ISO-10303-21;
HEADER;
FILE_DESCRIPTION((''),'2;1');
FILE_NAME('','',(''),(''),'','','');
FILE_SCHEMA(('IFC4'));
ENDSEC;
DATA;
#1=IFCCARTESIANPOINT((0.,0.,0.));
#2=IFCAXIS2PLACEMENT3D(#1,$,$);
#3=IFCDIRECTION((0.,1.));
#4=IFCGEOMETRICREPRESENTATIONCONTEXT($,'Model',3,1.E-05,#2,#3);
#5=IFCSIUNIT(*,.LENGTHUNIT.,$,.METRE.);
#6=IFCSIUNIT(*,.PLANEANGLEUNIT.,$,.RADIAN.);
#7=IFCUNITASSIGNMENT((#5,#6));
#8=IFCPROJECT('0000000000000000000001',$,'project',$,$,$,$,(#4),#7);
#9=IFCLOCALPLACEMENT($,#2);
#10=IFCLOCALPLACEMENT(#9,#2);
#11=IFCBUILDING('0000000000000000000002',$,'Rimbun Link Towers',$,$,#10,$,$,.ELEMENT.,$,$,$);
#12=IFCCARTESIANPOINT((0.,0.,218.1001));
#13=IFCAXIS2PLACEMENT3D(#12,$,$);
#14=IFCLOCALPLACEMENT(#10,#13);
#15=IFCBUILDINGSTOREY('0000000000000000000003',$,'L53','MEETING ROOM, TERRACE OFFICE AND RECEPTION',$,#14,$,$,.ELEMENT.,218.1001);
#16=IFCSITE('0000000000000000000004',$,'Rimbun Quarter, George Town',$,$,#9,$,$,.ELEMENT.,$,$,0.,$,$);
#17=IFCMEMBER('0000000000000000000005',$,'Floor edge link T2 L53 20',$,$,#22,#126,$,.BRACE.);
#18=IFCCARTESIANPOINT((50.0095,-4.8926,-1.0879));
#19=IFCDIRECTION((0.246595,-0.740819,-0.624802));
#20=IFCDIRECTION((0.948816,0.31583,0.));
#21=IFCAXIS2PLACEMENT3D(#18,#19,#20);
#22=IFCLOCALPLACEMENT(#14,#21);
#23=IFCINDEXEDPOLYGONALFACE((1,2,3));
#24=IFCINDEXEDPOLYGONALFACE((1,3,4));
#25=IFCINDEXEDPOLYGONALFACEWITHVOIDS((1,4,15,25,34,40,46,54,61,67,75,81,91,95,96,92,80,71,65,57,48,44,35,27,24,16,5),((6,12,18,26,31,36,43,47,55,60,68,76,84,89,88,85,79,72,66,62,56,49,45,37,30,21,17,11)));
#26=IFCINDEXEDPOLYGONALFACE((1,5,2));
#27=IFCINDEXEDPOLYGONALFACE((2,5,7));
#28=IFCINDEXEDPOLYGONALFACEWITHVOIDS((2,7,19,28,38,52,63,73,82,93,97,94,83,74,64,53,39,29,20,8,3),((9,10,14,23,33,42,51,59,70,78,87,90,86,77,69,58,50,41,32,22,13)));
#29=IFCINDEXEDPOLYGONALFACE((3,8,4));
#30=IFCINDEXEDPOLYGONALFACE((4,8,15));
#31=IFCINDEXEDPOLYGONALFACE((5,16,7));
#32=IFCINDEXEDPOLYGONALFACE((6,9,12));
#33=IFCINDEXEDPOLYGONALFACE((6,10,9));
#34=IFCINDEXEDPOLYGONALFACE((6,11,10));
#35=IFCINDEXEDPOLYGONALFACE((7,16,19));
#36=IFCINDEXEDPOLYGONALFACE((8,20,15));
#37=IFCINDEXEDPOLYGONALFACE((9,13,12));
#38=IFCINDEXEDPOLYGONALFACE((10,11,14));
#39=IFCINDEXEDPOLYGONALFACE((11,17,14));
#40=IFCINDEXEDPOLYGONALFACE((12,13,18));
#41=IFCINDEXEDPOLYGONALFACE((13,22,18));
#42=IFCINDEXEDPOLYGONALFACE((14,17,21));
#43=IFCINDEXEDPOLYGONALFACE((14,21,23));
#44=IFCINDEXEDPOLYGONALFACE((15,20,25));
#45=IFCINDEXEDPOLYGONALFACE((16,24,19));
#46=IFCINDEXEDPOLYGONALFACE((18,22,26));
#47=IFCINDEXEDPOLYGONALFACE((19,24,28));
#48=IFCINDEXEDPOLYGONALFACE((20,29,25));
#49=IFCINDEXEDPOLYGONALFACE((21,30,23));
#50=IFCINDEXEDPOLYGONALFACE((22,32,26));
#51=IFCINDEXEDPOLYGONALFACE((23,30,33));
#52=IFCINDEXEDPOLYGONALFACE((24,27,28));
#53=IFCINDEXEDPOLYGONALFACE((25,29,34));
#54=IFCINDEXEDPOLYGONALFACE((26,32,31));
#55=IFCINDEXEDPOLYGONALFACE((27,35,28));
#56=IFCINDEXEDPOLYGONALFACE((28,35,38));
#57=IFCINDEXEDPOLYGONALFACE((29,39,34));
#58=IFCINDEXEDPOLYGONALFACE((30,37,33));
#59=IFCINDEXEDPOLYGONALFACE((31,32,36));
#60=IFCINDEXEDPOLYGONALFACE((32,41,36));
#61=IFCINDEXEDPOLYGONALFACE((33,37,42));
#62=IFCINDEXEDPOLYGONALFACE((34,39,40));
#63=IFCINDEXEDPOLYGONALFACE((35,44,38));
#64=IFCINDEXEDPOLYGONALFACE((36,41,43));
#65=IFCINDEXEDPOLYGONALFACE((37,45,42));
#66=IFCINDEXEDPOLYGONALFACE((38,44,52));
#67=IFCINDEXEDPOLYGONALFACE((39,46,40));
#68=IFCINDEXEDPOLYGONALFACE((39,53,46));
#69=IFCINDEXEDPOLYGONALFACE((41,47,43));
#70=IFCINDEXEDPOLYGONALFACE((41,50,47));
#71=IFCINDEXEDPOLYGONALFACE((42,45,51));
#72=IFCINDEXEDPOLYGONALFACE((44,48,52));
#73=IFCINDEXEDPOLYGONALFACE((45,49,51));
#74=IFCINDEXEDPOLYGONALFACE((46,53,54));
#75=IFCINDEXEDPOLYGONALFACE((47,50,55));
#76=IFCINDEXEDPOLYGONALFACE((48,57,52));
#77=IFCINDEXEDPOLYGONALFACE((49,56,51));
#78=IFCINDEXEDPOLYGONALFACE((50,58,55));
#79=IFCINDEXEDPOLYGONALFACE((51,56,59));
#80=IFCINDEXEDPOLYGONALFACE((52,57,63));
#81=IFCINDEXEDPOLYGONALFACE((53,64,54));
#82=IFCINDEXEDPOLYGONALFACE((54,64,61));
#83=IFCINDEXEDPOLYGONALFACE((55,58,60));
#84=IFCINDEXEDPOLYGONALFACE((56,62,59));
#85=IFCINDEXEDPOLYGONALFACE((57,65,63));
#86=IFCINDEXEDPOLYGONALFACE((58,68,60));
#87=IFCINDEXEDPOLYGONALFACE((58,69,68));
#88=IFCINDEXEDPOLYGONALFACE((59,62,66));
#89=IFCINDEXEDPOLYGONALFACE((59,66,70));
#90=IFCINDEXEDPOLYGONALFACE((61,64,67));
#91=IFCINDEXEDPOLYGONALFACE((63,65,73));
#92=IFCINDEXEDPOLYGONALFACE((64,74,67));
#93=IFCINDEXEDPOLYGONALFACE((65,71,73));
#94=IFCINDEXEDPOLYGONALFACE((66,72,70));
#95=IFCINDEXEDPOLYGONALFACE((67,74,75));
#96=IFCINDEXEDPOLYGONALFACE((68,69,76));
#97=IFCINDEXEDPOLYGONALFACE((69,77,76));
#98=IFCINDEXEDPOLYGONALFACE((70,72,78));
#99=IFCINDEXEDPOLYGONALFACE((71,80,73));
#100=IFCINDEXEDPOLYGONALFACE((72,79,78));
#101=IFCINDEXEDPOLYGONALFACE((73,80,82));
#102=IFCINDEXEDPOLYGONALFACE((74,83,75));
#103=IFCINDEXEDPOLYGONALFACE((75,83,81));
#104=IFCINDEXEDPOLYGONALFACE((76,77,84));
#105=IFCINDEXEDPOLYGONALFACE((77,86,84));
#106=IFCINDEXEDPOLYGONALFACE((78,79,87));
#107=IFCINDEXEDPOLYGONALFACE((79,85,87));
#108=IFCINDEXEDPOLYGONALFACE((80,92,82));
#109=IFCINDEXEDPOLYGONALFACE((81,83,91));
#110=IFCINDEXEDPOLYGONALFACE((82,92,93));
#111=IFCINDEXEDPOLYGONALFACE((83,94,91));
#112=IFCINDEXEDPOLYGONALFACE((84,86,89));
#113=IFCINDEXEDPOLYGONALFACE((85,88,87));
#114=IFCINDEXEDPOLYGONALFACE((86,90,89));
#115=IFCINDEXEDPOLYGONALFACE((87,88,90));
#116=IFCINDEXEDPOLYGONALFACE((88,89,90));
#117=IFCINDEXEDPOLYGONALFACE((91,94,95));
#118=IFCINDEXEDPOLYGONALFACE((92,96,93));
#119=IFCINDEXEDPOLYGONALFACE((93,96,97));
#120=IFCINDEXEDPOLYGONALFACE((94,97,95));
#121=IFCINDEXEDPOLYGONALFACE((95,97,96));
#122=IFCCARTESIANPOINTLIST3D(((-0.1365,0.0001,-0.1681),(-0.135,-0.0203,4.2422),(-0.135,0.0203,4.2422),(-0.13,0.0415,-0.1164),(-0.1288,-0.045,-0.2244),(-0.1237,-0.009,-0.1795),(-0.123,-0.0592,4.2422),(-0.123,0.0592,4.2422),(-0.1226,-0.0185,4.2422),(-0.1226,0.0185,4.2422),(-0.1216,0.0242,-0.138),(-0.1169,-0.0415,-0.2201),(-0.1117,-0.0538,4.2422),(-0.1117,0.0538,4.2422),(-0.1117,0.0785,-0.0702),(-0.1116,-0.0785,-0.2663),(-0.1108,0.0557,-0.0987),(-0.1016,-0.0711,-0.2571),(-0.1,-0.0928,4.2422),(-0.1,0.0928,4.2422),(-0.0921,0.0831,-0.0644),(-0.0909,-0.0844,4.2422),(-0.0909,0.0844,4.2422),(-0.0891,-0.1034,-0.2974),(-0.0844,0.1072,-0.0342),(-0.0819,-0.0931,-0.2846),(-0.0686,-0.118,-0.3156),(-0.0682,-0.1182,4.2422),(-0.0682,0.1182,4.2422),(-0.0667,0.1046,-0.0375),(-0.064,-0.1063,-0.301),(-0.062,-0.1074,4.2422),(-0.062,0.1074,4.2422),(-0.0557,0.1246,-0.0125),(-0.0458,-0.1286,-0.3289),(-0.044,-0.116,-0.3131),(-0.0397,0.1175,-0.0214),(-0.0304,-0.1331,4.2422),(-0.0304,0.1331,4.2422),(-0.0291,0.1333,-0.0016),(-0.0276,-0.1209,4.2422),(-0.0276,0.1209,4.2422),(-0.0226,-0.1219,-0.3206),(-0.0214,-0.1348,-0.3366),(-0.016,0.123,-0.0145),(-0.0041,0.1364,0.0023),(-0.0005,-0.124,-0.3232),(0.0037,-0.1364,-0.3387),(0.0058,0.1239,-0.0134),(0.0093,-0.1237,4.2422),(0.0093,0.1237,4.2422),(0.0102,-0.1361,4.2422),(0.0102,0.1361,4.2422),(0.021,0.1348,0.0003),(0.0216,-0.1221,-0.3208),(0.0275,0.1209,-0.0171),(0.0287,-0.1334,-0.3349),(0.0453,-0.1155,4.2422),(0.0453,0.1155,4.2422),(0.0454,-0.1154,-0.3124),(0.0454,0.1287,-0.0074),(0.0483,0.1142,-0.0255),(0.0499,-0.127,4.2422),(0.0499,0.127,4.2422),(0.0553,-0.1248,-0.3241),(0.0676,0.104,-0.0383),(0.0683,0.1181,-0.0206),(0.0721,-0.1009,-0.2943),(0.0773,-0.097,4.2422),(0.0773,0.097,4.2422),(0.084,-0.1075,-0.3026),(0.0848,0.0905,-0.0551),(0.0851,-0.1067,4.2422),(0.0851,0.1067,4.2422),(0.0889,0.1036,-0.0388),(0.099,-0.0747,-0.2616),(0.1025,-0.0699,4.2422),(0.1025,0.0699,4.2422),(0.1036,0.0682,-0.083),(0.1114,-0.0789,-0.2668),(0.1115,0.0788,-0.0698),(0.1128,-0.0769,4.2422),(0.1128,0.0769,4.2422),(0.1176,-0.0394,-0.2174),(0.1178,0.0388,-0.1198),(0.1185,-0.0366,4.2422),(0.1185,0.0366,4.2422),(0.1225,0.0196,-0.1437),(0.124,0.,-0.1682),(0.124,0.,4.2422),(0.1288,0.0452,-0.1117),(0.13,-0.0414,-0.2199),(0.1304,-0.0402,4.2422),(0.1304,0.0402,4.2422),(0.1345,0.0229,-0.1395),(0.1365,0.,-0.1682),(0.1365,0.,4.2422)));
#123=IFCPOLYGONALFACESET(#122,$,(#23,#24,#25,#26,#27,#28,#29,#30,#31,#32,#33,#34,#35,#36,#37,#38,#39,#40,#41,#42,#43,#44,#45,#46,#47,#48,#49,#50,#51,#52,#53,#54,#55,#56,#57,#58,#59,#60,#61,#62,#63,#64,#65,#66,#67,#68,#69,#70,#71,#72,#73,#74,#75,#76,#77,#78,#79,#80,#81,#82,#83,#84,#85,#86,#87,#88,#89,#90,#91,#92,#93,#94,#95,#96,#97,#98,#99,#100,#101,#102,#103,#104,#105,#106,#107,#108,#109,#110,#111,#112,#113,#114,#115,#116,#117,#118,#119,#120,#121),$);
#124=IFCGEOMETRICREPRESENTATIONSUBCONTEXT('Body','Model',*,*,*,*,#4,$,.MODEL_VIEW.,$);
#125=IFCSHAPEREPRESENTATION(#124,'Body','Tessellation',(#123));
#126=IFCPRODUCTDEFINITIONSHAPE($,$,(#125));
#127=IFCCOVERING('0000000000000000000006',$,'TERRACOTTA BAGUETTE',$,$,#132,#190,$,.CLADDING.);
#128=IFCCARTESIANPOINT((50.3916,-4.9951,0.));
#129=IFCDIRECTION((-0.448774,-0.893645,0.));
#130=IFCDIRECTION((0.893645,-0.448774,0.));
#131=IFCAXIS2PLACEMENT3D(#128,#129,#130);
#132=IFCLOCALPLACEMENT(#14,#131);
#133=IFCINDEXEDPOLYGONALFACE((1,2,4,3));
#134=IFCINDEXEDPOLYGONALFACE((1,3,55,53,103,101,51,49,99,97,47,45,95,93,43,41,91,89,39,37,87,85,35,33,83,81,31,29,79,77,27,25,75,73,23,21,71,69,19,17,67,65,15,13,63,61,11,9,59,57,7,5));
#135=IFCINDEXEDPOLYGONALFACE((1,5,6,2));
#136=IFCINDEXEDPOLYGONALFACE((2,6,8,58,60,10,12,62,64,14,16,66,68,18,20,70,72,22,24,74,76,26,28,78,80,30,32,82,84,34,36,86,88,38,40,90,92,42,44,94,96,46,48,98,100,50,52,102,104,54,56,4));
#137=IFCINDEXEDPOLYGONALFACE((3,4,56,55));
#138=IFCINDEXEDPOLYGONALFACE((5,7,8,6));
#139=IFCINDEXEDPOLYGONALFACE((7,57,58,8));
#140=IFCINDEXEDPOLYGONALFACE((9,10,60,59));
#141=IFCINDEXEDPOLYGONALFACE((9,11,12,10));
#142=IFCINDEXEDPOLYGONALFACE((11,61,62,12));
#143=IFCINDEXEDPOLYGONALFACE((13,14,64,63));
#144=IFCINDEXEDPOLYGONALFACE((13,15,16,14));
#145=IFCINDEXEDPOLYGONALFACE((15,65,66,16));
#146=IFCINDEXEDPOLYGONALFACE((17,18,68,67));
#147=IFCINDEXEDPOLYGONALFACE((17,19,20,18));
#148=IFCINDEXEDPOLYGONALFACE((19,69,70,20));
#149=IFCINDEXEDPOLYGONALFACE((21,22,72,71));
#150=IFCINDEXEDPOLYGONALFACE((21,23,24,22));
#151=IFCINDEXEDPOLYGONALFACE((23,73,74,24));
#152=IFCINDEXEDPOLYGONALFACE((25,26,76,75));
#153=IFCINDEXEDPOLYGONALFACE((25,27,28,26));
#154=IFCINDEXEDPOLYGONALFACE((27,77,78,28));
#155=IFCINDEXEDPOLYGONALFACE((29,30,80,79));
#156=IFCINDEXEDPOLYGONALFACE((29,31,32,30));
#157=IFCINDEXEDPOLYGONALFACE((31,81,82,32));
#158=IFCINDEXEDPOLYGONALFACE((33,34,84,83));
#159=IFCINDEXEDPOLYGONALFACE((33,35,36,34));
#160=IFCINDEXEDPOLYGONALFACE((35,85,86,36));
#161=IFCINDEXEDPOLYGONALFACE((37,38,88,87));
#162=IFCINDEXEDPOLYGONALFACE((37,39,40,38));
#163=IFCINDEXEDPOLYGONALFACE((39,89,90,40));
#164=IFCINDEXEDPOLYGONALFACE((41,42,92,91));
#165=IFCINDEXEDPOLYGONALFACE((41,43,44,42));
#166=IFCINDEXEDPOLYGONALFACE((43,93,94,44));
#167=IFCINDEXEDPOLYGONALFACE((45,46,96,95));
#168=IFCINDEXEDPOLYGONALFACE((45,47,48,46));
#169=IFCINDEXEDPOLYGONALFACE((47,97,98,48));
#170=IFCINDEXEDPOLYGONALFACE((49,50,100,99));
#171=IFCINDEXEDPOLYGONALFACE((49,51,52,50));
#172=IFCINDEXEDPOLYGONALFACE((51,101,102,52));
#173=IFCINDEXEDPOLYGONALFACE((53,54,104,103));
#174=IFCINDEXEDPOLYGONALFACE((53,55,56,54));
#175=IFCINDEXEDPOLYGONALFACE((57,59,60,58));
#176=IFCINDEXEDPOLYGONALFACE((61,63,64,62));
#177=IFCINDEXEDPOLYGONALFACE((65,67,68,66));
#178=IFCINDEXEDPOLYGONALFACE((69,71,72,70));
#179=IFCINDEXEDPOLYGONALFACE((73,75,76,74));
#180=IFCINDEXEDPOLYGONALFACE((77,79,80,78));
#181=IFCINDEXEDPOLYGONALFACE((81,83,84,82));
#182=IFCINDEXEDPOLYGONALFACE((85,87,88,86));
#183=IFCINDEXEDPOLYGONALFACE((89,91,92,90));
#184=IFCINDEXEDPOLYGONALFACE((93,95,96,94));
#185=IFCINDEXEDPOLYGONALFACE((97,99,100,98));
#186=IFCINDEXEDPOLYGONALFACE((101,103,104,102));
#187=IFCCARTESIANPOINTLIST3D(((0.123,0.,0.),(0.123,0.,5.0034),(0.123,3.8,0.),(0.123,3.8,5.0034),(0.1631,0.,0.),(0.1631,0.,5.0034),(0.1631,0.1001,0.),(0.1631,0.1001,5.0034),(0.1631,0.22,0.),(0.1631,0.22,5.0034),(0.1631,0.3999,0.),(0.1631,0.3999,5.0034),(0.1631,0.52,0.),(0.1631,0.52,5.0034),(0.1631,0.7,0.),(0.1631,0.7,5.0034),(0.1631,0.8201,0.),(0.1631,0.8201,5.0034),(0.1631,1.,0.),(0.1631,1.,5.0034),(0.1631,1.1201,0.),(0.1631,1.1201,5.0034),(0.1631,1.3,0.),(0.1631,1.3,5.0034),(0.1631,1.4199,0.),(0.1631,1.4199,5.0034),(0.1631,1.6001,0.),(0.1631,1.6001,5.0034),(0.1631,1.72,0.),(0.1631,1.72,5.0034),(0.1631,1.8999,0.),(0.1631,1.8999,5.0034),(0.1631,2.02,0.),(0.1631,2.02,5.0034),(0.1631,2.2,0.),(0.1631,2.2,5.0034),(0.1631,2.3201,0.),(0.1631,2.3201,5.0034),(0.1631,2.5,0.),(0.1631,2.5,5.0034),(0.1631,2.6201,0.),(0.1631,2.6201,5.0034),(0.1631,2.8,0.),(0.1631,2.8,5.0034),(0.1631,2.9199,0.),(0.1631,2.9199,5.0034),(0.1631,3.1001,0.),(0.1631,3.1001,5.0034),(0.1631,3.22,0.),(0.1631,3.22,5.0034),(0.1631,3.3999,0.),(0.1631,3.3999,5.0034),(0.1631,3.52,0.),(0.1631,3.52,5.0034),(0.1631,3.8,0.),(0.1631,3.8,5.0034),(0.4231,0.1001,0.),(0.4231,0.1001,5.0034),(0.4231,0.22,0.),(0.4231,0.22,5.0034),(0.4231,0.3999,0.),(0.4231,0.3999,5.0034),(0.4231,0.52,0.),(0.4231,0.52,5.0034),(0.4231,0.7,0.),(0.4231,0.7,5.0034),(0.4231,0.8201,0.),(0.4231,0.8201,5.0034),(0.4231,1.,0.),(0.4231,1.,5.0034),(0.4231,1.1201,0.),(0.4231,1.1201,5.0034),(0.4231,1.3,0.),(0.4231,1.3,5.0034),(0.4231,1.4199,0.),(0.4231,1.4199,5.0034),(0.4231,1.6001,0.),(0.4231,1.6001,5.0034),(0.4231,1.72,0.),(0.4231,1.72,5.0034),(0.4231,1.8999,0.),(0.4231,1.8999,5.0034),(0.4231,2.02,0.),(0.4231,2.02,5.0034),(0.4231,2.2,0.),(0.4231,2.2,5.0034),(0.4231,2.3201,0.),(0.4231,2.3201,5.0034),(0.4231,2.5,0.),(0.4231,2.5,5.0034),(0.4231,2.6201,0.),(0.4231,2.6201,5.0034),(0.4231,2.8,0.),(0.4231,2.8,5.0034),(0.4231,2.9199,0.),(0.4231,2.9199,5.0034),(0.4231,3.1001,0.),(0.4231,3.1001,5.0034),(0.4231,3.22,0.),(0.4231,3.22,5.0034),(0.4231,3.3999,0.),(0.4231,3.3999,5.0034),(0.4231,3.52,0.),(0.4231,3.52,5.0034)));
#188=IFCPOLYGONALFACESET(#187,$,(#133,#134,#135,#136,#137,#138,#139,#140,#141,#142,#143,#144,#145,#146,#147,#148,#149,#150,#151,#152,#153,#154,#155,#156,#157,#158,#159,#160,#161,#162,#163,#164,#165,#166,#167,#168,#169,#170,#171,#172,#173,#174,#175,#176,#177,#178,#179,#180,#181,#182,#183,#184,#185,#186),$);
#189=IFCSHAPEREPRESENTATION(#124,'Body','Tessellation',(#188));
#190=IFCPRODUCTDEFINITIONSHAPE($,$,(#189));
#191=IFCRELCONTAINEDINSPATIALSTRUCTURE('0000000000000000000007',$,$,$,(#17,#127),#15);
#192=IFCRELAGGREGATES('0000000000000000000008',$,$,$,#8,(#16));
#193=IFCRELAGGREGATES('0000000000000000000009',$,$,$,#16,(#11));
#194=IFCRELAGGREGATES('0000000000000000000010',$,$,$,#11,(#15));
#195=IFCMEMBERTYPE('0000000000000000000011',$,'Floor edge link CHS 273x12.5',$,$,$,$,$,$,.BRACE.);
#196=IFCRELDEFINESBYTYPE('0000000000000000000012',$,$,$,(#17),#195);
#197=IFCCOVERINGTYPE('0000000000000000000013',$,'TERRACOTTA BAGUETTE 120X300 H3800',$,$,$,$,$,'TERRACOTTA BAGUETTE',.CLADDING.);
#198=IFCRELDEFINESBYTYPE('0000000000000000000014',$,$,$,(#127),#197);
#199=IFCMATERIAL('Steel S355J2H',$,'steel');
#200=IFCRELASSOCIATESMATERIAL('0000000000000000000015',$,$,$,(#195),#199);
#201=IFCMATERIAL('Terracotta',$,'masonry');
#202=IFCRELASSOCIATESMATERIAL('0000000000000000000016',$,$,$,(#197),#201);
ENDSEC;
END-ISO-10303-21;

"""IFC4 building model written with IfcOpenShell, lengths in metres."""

from ifc_helpers import new_model, si_unit, direction, frame, origin, origin_2d, place, context, subcontext, project, spatial, polyline, hollow_circle, outline, extrude, clip, halfspace, material, material_profile, profile_set, type_object, element, save


model = new_model("IFC4")

# Units and contexts
model_context = context("Model", 3, precision=1e-05, world=origin(), true_north=direction((0.0, 1.0)))
body_context = subcontext(model_context, "Body", "Model", "MODEL_VIEW")
ifc_project = project(units=[si_unit("LENGTHUNIT", "METRE"), si_unit("PLANEANGLEUNIT", "RADIAN")], contexts=[model_context])

# Site, building, storey
site_placement = place(None, origin())
site = spatial("IfcSite", under=ifc_project, at=site_placement, Name="Rimbun Quarter, George Town", CompositionType="ELEMENT", RefElevation=0.0)
building_placement = place(site_placement, origin())
building = spatial("IfcBuilding", under=site, at=building_placement, Name="Rimbun Link Towers", CompositionType="ELEMENT")
storey_placement = place(building_placement, frame((0.0, 0.0, 218.1001)))
storey = spatial("IfcBuildingStorey", under=building, at=storey_placement, Name="L53", Description="MEETING ROOM, TERRACE OFFICE AND RECEPTION", CompositionType="ELEMENT", Elevation=218.1001)

# Member
ifc_material_1 = material(Name="Steel S355J2H", Category="steel")
ifc_material_profile_1 = material_profile(ifc_material_1, hollow_circle(Radius=0.1365, WallThickness=0.0125, at=origin_2d()), Name="CHS 273x12.5")
ifc_profile_set_1 = profile_set([ifc_material_profile_1], Name="Steel S355J2H")
member_type_1 = type_object("IfcMemberType", Name="Floor edge link CHS 273x12.5", PredefinedType="BRACE", material=ifc_profile_set_1)
member_1_placement = place(storey_placement, frame((50.0095, -4.8926, -1.0879), z_axis=(0.246595, -0.740819, -0.624802), x_axis=(0.948816, 0.31583, 0.0)))
element("IfcMember", 1, at=member_1_placement, inside=storey, type_object=member_type_1, Name="Floor edge link T2 L53 20", PredefinedType="BRACE", context=body_context, shape_type="Clipping", body=[
    clip(extrude(hollow_circle(Radius=0.1365, WallThickness=0.0125, at=origin_2d()), frame((0.0, 0.0, -0.3572)), (0.0, 0.0, 1.0), 4.5994), halfspace(frame((0.0, 0.0, -0.1682), z_axis=(0.0, 0.780783, -0.624802)), False)),
])

# Covering
ifc_material_2 = material(Name="Terracotta", Category="masonry")
ifc_material_profile_2 = material_profile(ifc_material_2, outline(polyline([(0.123, 0.0), (0.1631, 0.0), (0.1631, 0.1001), (0.4231, 0.1001), (0.4231, 0.22), (0.1631, 0.22), (0.1631, 0.3999), (0.4231, 0.3999), (0.4231, 0.52), (0.1631, 0.52), (0.1631, 0.7), (0.4231, 0.7), (0.4231, 0.8201), (0.1631, 0.8201), (0.1631, 1.0), (0.4231, 1.0), (0.4231, 1.1201), (0.1631, 1.1201), (0.1631, 1.3), (0.4231, 1.3), (0.4231, 1.4199), (0.1631, 1.4199), (0.1631, 1.6001), (0.4231, 1.6001), (0.4231, 1.72), (0.1631, 1.72), (0.1631, 1.8999), (0.4231, 1.8999), (0.4231, 2.02), (0.1631, 2.02), (0.1631, 2.2), (0.4231, 2.2), (0.4231, 2.3201), (0.1631, 2.3201), (0.1631, 2.5), (0.4231, 2.5), (0.4231, 2.6201), (0.1631, 2.6201), (0.1631, 2.8), (0.4231, 2.8), (0.4231, 2.9199), (0.1631, 2.9199), (0.1631, 3.1001), (0.4231, 3.1001), (0.4231, 3.22), (0.1631, 3.22), (0.1631, 3.3999), (0.4231, 3.3999), (0.4231, 3.52), (0.1631, 3.52), (0.1631, 3.8), (0.123, 3.8), (0.123, 0.0)])), Name="BAGUETTE 120X300")
ifc_profile_set_2 = profile_set([ifc_material_profile_2], Name="Terracotta")
covering_type = type_object("IfcCoveringType", Name="TERRACOTTA BAGUETTE 120X300 H3800", ElementType="TERRACOTTA BAGUETTE", PredefinedType="CLADDING", material=ifc_profile_set_2)
covering_placement = place(storey_placement, frame((50.3916, -4.9951, 0.0), z_axis=(-0.448774, -0.893645, 0.0), x_axis=(0.893645, -0.448774, 0.0)))
element("IfcCovering", 2, at=covering_placement, inside=storey, type_object=covering_type, Name="TERRACOTTA BAGUETTE", PredefinedType="CLADDING", context=body_context, shape_type="SweptSolid", body=[
    extrude(outline(polyline([(0.123, 0.0), (0.1631, 0.0), (0.1631, 0.1001), (0.4231, 0.1001), (0.4231, 0.22), (0.1631, 0.22), (0.1631, 0.3999), (0.4231, 0.3999), (0.4231, 0.52), (0.1631, 0.52), (0.1631, 0.7), (0.4231, 0.7), (0.4231, 0.8201), (0.1631, 0.8201), (0.1631, 1.0), (0.4231, 1.0), (0.4231, 1.1201), (0.1631, 1.1201), (0.1631, 1.3), (0.4231, 1.3), (0.4231, 1.4199), (0.1631, 1.4199), (0.1631, 1.6001), (0.4231, 1.6001), (0.4231, 1.72), (0.1631, 1.72), (0.1631, 1.8999), (0.4231, 1.8999), (0.4231, 2.02), (0.1631, 2.02), (0.1631, 2.2), (0.4231, 2.2), (0.4231, 2.3201), (0.1631, 2.3201), (0.1631, 2.5), (0.4231, 2.5), (0.4231, 2.6201), (0.1631, 2.6201), (0.1631, 2.8), (0.4231, 2.8), (0.4231, 2.9199), (0.1631, 2.9199), (0.1631, 3.1001), (0.4231, 3.1001), (0.4231, 3.22), (0.1631, 3.22), (0.1631, 3.3999), (0.4231, 3.3999), (0.4231, 3.52), (0.1631, 3.52), (0.1631, 3.8), (0.123, 3.8), (0.123, 0.0)])), origin(), (0.0, 0.0, 1.0), 5.0034),
])

save(model, "model.ifc")
